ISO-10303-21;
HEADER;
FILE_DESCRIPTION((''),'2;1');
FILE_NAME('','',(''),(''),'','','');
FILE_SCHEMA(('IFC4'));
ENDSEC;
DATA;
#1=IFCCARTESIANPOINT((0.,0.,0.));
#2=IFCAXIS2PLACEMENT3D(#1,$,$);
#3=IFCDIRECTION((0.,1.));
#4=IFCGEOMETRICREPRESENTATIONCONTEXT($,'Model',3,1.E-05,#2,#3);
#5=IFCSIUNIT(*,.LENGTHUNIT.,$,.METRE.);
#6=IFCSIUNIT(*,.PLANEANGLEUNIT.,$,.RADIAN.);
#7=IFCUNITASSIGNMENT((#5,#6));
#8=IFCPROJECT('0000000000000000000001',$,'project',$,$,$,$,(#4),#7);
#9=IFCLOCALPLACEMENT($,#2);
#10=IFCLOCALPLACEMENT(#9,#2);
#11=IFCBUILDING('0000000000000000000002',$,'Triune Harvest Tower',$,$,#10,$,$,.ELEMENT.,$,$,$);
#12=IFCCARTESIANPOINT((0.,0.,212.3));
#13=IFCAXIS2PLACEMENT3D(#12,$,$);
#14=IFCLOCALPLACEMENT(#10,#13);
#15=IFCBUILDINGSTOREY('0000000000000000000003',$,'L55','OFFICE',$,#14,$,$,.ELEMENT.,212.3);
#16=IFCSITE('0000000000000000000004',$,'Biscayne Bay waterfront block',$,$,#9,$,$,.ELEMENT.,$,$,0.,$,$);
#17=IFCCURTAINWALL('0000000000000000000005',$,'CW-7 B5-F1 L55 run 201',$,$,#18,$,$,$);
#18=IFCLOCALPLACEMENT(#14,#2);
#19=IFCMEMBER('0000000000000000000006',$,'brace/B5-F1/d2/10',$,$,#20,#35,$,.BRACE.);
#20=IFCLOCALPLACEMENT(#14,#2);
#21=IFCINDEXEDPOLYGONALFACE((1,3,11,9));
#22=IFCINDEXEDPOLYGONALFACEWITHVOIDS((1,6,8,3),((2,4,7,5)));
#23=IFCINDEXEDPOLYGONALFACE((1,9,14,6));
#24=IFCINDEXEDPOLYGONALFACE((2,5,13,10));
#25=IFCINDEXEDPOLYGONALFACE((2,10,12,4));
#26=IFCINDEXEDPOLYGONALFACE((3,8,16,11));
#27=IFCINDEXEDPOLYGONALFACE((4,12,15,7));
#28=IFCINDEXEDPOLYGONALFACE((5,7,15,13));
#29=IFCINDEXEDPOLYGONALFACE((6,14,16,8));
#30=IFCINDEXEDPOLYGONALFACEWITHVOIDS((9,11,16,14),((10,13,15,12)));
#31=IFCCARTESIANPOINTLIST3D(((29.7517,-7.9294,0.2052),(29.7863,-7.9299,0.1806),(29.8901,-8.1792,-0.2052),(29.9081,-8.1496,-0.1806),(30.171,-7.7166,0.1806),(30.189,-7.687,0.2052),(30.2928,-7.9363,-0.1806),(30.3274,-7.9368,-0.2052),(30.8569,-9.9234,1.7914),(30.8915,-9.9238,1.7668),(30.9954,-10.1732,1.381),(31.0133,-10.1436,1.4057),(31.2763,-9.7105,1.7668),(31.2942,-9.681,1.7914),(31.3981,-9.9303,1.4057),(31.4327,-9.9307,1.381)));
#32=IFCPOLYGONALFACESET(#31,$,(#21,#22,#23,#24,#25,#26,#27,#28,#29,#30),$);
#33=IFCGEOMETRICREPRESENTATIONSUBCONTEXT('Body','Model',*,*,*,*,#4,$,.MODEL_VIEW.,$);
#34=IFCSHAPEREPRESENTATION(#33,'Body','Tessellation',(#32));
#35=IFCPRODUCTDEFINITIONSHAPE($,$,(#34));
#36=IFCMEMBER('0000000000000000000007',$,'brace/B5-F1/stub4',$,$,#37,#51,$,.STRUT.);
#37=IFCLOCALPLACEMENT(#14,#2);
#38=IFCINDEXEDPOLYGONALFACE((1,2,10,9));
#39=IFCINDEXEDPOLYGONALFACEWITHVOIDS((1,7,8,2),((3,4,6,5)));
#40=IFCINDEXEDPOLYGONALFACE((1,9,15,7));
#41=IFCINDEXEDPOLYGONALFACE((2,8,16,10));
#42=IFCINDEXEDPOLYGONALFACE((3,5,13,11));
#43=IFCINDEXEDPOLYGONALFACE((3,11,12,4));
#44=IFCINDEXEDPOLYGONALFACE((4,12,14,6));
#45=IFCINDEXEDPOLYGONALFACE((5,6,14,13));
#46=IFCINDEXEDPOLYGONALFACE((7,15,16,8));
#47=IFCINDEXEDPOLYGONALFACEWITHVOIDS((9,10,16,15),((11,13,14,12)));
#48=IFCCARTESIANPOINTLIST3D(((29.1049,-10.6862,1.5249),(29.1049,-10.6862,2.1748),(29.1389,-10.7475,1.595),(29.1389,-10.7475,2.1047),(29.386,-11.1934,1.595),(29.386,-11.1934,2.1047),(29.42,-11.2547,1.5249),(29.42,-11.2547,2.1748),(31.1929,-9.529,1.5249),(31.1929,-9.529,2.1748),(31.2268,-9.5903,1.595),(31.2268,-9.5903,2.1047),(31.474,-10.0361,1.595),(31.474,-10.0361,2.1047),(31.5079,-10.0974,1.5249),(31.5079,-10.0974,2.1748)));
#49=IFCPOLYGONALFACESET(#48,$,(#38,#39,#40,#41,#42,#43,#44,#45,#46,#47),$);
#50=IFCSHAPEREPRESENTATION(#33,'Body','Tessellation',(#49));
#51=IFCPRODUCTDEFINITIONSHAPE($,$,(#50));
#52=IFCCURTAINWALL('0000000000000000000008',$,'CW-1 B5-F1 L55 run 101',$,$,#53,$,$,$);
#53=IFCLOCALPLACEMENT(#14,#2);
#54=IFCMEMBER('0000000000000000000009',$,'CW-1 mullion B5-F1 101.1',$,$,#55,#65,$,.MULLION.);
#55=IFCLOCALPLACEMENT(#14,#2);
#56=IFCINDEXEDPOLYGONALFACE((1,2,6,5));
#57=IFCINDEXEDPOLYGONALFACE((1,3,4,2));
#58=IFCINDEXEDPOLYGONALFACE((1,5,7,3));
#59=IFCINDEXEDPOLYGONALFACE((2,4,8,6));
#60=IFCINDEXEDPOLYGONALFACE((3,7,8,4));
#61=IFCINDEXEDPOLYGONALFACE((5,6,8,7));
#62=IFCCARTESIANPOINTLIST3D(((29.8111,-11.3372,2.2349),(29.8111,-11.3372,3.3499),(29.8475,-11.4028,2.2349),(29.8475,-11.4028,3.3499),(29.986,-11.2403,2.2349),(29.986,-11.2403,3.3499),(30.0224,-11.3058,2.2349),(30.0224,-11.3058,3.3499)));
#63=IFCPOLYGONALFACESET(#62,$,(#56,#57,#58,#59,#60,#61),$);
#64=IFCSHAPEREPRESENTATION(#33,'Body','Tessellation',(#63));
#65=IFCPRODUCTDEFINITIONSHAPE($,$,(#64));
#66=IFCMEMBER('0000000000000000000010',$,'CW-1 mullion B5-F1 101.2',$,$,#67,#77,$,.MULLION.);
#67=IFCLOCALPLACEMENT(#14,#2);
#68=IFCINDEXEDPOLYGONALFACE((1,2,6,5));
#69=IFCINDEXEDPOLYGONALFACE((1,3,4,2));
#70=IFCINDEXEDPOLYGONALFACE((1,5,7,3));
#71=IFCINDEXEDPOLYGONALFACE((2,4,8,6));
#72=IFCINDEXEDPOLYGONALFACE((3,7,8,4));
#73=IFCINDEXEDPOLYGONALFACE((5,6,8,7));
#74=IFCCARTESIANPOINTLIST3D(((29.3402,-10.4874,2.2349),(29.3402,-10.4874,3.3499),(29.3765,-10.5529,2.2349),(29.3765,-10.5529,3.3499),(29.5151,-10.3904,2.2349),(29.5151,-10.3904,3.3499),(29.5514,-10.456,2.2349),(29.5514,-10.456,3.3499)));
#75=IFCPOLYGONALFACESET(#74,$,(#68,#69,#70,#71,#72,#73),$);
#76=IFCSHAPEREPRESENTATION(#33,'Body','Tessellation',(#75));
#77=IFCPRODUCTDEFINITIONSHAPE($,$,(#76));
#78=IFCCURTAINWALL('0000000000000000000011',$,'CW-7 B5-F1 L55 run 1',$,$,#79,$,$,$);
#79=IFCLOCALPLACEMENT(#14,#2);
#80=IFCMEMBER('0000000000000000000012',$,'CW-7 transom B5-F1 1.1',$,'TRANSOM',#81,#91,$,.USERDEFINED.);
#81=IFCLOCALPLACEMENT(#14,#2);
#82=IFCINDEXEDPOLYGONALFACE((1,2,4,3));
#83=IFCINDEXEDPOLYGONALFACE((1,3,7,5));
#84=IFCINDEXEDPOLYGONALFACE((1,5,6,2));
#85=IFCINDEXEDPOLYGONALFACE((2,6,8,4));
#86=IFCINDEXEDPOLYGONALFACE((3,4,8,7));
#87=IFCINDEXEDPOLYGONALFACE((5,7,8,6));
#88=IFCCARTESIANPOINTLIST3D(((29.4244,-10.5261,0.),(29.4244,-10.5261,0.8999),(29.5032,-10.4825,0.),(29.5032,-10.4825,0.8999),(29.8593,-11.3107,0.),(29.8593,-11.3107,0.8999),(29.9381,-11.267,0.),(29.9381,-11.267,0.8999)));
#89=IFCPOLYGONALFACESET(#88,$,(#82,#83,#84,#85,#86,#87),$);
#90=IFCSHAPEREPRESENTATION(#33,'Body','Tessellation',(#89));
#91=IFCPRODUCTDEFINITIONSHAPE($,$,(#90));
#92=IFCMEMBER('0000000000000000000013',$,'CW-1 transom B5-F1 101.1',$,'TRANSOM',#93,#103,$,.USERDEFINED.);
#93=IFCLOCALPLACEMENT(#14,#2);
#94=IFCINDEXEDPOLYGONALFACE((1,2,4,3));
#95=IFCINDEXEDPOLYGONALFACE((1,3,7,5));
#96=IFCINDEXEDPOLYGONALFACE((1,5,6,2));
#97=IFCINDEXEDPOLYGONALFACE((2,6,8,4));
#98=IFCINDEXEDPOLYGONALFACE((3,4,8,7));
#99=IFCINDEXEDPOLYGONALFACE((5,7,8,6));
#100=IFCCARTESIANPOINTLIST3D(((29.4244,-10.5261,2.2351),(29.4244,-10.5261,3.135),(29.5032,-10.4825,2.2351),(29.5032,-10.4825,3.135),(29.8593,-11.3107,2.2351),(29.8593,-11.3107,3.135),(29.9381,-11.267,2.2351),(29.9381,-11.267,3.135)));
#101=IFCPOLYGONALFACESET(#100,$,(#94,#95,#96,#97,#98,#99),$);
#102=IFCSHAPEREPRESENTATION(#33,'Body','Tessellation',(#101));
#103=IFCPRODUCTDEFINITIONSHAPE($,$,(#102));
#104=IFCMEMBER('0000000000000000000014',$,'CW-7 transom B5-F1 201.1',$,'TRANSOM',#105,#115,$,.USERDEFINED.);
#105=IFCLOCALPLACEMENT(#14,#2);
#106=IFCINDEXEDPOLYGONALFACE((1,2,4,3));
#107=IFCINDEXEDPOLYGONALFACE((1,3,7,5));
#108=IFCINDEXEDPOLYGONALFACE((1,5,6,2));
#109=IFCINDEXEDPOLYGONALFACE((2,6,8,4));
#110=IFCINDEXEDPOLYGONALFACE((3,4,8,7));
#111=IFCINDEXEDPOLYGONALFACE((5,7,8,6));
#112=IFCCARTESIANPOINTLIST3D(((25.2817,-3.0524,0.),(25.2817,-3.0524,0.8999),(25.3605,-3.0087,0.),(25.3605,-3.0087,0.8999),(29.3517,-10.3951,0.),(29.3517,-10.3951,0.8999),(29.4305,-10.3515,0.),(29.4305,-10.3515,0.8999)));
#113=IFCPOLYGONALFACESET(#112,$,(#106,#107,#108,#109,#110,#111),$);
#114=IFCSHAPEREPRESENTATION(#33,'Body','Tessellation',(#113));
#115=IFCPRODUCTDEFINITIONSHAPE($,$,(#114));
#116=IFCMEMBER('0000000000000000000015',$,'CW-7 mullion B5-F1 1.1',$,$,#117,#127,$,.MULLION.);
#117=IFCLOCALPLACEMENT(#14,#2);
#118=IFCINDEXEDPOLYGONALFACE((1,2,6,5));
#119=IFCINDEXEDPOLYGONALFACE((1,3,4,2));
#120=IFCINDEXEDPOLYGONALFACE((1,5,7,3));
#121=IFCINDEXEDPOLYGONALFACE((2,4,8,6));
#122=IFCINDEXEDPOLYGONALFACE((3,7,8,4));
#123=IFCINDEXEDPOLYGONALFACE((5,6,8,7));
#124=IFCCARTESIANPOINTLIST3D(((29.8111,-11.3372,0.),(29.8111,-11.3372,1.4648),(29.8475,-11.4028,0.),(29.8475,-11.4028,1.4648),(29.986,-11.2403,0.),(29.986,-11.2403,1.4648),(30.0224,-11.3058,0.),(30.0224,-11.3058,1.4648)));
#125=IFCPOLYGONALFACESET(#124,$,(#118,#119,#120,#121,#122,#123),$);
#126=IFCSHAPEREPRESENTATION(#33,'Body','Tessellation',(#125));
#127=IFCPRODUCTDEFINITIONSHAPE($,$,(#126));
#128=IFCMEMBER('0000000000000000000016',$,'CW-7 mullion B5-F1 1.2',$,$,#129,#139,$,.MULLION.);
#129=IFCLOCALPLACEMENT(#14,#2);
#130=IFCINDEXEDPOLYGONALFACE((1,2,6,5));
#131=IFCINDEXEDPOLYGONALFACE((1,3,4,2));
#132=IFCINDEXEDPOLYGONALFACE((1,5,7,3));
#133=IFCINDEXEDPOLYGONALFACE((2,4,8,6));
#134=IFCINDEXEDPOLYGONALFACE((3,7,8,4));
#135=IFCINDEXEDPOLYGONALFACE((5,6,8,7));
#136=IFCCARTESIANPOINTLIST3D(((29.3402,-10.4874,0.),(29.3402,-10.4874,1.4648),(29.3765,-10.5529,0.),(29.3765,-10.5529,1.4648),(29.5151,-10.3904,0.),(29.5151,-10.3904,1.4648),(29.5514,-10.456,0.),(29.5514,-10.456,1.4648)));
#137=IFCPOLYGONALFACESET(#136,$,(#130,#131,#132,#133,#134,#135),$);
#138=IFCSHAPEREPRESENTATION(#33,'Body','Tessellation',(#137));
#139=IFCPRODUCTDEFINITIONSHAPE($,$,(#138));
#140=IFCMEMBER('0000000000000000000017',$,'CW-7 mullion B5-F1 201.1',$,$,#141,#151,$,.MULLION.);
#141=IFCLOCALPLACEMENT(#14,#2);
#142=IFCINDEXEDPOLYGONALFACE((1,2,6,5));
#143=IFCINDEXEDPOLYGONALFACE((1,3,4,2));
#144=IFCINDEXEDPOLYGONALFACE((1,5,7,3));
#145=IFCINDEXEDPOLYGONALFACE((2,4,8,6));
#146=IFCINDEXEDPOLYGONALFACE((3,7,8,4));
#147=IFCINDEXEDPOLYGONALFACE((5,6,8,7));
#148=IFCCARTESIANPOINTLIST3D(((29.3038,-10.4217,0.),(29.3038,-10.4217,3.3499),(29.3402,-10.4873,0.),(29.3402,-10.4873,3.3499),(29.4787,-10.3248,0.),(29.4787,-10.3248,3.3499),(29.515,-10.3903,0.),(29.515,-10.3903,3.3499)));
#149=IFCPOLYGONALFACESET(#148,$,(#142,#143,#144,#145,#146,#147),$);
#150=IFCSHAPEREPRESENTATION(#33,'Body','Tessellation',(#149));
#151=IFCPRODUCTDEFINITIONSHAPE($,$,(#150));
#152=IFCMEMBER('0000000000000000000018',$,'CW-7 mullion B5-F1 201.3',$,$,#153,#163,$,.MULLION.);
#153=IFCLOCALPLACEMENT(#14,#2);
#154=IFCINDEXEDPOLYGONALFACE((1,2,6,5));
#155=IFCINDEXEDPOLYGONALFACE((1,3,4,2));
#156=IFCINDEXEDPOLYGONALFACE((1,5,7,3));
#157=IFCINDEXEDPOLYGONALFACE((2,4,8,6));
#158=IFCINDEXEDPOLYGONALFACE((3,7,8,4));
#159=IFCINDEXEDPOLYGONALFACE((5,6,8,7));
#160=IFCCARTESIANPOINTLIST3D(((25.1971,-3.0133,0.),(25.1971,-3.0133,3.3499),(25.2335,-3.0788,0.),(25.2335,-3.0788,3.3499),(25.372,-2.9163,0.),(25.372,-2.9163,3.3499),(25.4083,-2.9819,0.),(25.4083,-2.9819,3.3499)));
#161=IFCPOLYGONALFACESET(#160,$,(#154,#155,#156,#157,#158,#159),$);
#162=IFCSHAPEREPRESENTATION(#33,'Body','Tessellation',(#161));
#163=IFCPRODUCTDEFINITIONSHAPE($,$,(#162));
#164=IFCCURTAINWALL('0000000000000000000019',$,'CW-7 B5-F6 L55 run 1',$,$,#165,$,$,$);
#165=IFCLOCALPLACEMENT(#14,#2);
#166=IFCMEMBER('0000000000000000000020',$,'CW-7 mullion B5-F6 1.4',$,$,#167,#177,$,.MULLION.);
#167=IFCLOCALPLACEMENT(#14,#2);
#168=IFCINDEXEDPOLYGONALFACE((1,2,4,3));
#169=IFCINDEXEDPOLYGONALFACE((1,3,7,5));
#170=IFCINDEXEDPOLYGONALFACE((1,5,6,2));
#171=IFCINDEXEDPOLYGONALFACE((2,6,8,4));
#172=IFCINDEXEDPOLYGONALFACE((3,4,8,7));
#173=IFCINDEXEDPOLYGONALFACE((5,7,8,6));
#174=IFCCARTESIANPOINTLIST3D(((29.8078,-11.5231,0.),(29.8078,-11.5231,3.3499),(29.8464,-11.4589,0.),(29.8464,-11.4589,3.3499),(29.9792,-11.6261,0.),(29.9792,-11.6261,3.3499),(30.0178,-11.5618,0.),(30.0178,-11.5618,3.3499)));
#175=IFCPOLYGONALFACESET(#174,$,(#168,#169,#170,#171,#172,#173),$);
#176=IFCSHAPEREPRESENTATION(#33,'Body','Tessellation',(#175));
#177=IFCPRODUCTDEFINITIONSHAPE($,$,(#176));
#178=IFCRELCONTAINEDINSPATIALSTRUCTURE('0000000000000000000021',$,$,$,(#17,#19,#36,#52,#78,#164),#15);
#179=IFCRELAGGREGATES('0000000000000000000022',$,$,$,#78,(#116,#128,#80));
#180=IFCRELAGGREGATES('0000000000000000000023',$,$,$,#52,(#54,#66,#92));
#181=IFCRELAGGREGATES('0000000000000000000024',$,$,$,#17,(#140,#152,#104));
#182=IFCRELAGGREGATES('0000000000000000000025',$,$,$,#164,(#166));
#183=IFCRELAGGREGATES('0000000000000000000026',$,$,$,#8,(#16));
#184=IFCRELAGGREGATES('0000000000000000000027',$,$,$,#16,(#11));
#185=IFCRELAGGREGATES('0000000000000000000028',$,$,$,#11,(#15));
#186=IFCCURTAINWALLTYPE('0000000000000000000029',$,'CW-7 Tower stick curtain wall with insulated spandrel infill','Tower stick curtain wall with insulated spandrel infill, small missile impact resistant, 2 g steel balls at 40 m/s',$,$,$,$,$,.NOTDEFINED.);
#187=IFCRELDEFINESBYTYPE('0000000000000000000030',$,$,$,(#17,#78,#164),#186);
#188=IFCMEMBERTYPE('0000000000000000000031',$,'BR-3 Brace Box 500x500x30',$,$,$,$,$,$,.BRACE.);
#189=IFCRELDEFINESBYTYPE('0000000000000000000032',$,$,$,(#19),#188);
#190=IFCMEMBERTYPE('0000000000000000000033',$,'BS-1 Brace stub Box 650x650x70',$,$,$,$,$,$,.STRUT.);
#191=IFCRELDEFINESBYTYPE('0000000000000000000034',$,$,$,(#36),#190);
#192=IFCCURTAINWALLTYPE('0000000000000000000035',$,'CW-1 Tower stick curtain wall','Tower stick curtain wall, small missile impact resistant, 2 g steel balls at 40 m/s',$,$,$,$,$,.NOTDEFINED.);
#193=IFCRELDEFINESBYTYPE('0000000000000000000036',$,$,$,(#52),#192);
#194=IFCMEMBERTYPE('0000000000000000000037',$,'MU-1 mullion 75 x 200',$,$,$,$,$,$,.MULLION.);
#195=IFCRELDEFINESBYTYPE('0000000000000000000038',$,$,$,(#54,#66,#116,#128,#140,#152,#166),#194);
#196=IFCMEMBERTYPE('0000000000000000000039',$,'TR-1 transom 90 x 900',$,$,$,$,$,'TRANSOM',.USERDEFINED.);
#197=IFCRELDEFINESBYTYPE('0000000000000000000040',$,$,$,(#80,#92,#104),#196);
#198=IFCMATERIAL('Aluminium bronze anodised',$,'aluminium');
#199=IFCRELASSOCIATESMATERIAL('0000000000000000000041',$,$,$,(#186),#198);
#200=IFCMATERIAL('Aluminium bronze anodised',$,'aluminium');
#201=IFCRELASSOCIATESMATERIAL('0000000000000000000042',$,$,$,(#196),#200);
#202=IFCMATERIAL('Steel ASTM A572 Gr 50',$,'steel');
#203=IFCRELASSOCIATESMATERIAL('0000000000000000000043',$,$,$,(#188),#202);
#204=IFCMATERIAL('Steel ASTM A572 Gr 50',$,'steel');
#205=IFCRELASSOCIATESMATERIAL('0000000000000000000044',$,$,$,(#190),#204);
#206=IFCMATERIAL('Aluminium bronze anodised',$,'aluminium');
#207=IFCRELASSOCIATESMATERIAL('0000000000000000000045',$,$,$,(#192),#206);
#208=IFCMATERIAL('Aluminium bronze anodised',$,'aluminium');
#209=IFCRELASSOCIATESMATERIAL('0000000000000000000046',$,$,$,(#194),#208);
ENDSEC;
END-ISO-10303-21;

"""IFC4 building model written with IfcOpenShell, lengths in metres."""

from ifc_helpers import new_model, si_unit, direction, frame, origin, origin_2d, place, context, subcontext, project, spatial, rectangle, hollow_rectangle, extrude, source, transform, mapped, material, material_profile, profile_set, type_object, element, aggregate, save


model = new_model("IFC4")

# Units and contexts
model_context = context("Model", 3, precision=1e-05, world=origin(), true_north=direction((0.0, 1.0)))
body_context = subcontext(model_context, "Body", "Model", "MODEL_VIEW")
ifc_project = project(units=[si_unit("LENGTHUNIT", "METRE"), si_unit("PLANEANGLEUNIT", "RADIAN")], contexts=[model_context])

# Site, building, storey
site_placement = place(None, origin())
site = spatial("IfcSite", under=ifc_project, at=site_placement, Name="Biscayne Bay waterfront block", CompositionType="ELEMENT", RefElevation=0.0)
building_placement = place(site_placement, origin())
building = spatial("IfcBuilding", under=site, at=building_placement, Name="Triune Harvest Tower", CompositionType="ELEMENT")
storey_placement = place(building_placement, frame((0.0, 0.0, 212.3)))
storey = spatial("IfcBuildingStorey", under=building, at=storey_placement, Name="L55", Description="OFFICE", CompositionType="ELEMENT", Elevation=212.3)

# Curtain wall
ifc_material_1 = material(Name="Aluminium bronze anodised", Category="aluminium")
curtain_wall_type_1 = type_object("IfcCurtainWallType", Name="CW-7 Tower stick curtain wall with insulated spandrel infill", Description="Tower stick curtain wall with insulated spandrel infill, small missile impact resistant, 2 g steel balls at 40 m/s", PredefinedType="NOTDEFINED", material=ifc_material_1)
curtain_wall_1_placement = place(storey_placement, origin())
curtain_wall_1 = element("IfcCurtainWall", 1, at=curtain_wall_1_placement, inside=storey, type_object=curtain_wall_type_1, Name="CW-7 B5-F1 L55 run 201")
ifc_material_2 = material(Name="Aluminium bronze anodised", Category="aluminium")
ifc_material_profile_1 = material_profile(ifc_material_2, rectangle(XDim=0.0901, YDim=0.8999, at=origin_2d()), Name="TR-1 transom 90 x 900")
ifc_profile_set_1 = profile_set([ifc_material_profile_1], Name="Aluminium bronze anodised")
member_type_1 = type_object("IfcMemberType", Name="TR-1 transom 90 x 900", ElementType="TRANSOM", PredefinedType="USERDEFINED", material=ifc_profile_set_1)

# Members
ifc_material_3 = material(Name="Steel ASTM A572 Gr 50", Category="steel")
ifc_material_profile_2 = material_profile(ifc_material_3, hollow_rectangle(XDim=0.5, YDim=0.5, WallThickness=0.03, at=origin_2d()), Name="Box 500x500x30")
ifc_profile_set_2 = profile_set([ifc_material_profile_2], Name="Steel ASTM A572 Gr 50")
member_type_2 = type_object("IfcMemberType", Name="BR-3 Brace Box 500x500x30", PredefinedType="BRACE", material=ifc_profile_set_2)
shared_shape_1 = source(origin(), body_context, "Body", "SweptSolid", [
    extrude(hollow_rectangle(XDim=0.5, YDim=0.5, WallThickness=0.03, at=origin_2d()), origin(), (0.0, 0.0, 1.0), 2.7773),
])
member_1_placement = place(storey_placement, frame((30.0396, -7.9331, 0.0), z_axis=(0.397956, -0.717939, 0.571134), x_axis=(0.874622, 0.484806, 0.0)))
element("IfcMember", 2, at=member_1_placement, inside=storey, type_object=member_type_2, Name="brace/B5-F1/d2/10", PredefinedType="BRACE", context=body_context, shape_type="MappedRepresentation", body=[
    mapped(shared_shape_1, transform((0.0, 0.0, 0.0), scale=1.0)),
])
ifc_material_4 = material(Name="Steel ASTM A572 Gr 50", Category="steel")
ifc_material_profile_3 = material_profile(ifc_material_4, hollow_rectangle(XDim=0.6499, YDim=0.6499, WallThickness=0.0701, at=origin_2d()), Name="Box 650x650x70")
ifc_profile_set_3 = profile_set([ifc_material_profile_3], Name="Steel ASTM A572 Gr 50")
member_type_3 = type_object("IfcMemberType", Name="BS-1 Brace stub Box 650x650x70", PredefinedType="STRUT", material=ifc_profile_set_3)
shared_shape_2 = source(origin(), body_context, "Body", "SweptSolid", [
    extrude(hollow_rectangle(XDim=0.6499, YDim=0.6499, WallThickness=0.0701, at=origin_2d()), origin(), (0.0, 0.0, 1.0), 2.3872),
])
member_2_placement = place(storey_placement, frame((29.2625, -10.9705, 1.8499), z_axis=(0.874639, 0.484774, 0.0), x_axis=(-0.484774, 0.874639, 0.0)))
element("IfcMember", 3, at=member_2_placement, inside=storey, type_object=member_type_3, Name="brace/B5-F1/stub4", PredefinedType="STRUT", context=body_context, shape_type="MappedRepresentation", body=[
    mapped(shared_shape_2, transform((0.0, 0.0, 0.0), scale=1.0)),
])

# Curtain wall, members
ifc_material_5 = material(Name="Aluminium bronze anodised", Category="aluminium")
curtain_wall_type_2 = type_object("IfcCurtainWallType", Name="CW-1 Tower stick curtain wall", Description="Tower stick curtain wall, small missile impact resistant, 2 g steel balls at 40 m/s", PredefinedType="NOTDEFINED", material=ifc_material_5)
curtain_wall_2_placement = place(storey_placement, origin())
curtain_wall_2 = element("IfcCurtainWall", 4, at=curtain_wall_2_placement, inside=storey, type_object=curtain_wall_type_2, Name="CW-1 B5-F1 L55 run 101")
ifc_material_6 = material(Name="Aluminium bronze anodised", Category="aluminium")
ifc_material_profile_4 = material_profile(ifc_material_6, rectangle(XDim=0.2, YDim=0.075, at=origin_2d()), Name="MU-1 mullion 75 x 200")
ifc_profile_set_4 = profile_set([ifc_material_profile_4], Name="Aluminium bronze anodised")
member_type_4 = type_object("IfcMemberType", Name="MU-1 mullion 75 x 200", PredefinedType="MULLION", material=ifc_profile_set_4)
shared_shape_3 = source(origin(), body_context, "Body", "SweptSolid", [
    extrude(rectangle(XDim=0.2, YDim=0.075, at=origin_2d()), origin(), (0.0, 0.0, 1.0), 1.115),
])
member_3_placement = place(storey_placement, frame((29.9167, -11.3215, 2.2349), z_axis=(0.0, 0.0, 1.0), x_axis=(-0.87463, -0.484791, 0.0)))
member_3 = element("IfcMember", 5, at=member_3_placement, type_object=member_type_4, Name="CW-1 mullion B5-F1 101.1", PredefinedType="MULLION", context=body_context, shape_type="MappedRepresentation", body=[
    mapped(shared_shape_3, transform((0.0, 0.0, 0.0), scale=1.0)),
])
member_4_placement = place(storey_placement, frame((29.4458, -10.4717, 2.2349), z_axis=(0.0, 0.0, 1.0), x_axis=(-0.87463, -0.484791, 0.0)))
member_4 = element("IfcMember", 6, at=member_4_placement, type_object=member_type_4, Name="CW-1 mullion B5-F1 101.2", PredefinedType="MULLION", context=body_context, shape_type="MappedRepresentation", body=[
    mapped(shared_shape_3, transform((0.0, 0.0, 0.0), scale=1.0)),
])

# Curtain wall, member
curtain_wall_3_placement = place(storey_placement, origin())
curtain_wall_3 = element("IfcCurtainWall", 7, at=curtain_wall_3_placement, inside=storey, type_object=curtain_wall_type_1, Name="CW-7 B5-F1 L55 run 1")
shared_shape_4 = source(origin(), body_context, "Body", "SweptSolid", [
    extrude(rectangle(XDim=0.0901, YDim=0.8999, at=origin_2d()), origin(), (0.0, 0.0, 1.0), 0.897),
])
member_5_placement = place(storey_placement, frame((29.8987, -11.2888, 0.45), z_axis=(-0.484811, 0.874619, 0.0), x_axis=(-0.874619, -0.484811, 0.0)))
member_5 = element("IfcMember", 8, at=member_5_placement, type_object=member_type_1, Name="CW-7 transom B5-F1 1.1", ObjectType="TRANSOM", PredefinedType="USERDEFINED", context=body_context, shape_type="MappedRepresentation", body=[
    mapped(shared_shape_4, transform((0.0, 0.0, 0.0), scale=1.0)),
])

# Members
member_6_placement = place(storey_placement, frame((29.8987, -11.2888, 2.6851), z_axis=(-0.484811, 0.874619, 0.0), x_axis=(-0.874619, -0.484811, 0.0)))
member_6 = element("IfcMember", 9, at=member_6_placement, type_object=member_type_1, Name="CW-1 transom B5-F1 101.1", ObjectType="TRANSOM", PredefinedType="USERDEFINED", context=body_context, shape_type="MappedRepresentation", body=[
    mapped(shared_shape_4, transform((0.0, 0.0, 0.0), scale=1.0)),
])
shared_shape_5 = source(origin(), body_context, "Body", "SweptSolid", [
    extrude(rectangle(XDim=0.0901, YDim=0.8999, at=origin_2d()), origin(), (0.0, 0.0, 1.0), 8.3953),
])
member_7_placement = place(storey_placement, frame((29.3911, -10.3733, 0.45), z_axis=(-0.484801, 0.874625, 0.0), x_axis=(-0.874625, -0.484801, 0.0)))
member_7 = element("IfcMember", 10, at=member_7_placement, type_object=member_type_1, Name="CW-7 transom B5-F1 201.1", ObjectType="TRANSOM", PredefinedType="USERDEFINED", context=body_context, shape_type="MappedRepresentation", body=[
    mapped(shared_shape_5, transform((0.0, 0.0, 0.0), scale=1.0)),
])
shared_shape_6 = source(origin(), body_context, "Body", "SweptSolid", [
    extrude(rectangle(XDim=0.2, YDim=0.075, at=origin_2d()), origin(), (0.0, 0.0, 1.0), 1.4648),
])
member_8_placement = place(storey_placement, frame((29.9167, -11.3215, 0.0), z_axis=(0.0, 0.0, 1.0), x_axis=(-0.87463, -0.484791, 0.0)))
member_8 = element("IfcMember", 11, at=member_8_placement, type_object=member_type_4, Name="CW-7 mullion B5-F1 1.1", PredefinedType="MULLION", context=body_context, shape_type="MappedRepresentation", body=[
    mapped(shared_shape_6, transform((0.0, 0.0, 0.0), scale=1.0)),
])
member_9_placement = place(storey_placement, frame((29.4458, -10.4717, 0.0), z_axis=(0.0, 0.0, 1.0), x_axis=(-0.87463, -0.484791, 0.0)))
member_9 = element("IfcMember", 12, at=member_9_placement, type_object=member_type_4, Name="CW-7 mullion B5-F1 1.2", PredefinedType="MULLION", context=body_context, shape_type="MappedRepresentation", body=[
    mapped(shared_shape_6, transform((0.0, 0.0, 0.0), scale=1.0)),
])
shared_shape_7 = source(origin(), body_context, "Body", "SweptSolid", [
    extrude(rectangle(XDim=0.2, YDim=0.075, at=origin_2d()), origin(), (0.0, 0.0, 1.0), 3.3499),
])
member_10_placement = place(storey_placement, frame((29.4094, -10.406, 0.0), z_axis=(0.0, 0.0, 1.0), x_axis=(-0.874621, -0.484808, 0.0)))
member_10 = element("IfcMember", 13, at=member_10_placement, type_object=member_type_4, Name="CW-7 mullion B5-F1 201.1", PredefinedType="MULLION", context=body_context, shape_type="MappedRepresentation", body=[
    mapped(shared_shape_7, transform((0.0, 0.0, 0.0), scale=1.0)),
])
member_11_placement = place(storey_placement, frame((25.3027, -2.9976, 0.0), z_axis=(0.0, 0.0, 1.0), x_axis=(-0.874621, -0.484808, 0.0)))
member_11 = element("IfcMember", 14, at=member_11_placement, type_object=member_type_4, Name="CW-7 mullion B5-F1 201.3", PredefinedType="MULLION", context=body_context, shape_type="MappedRepresentation", body=[
    mapped(shared_shape_7, transform((0.0, 0.0, 0.0), scale=1.0)),
])

# Curtain wall, member
curtain_wall_4_placement = place(storey_placement, origin())
curtain_wall_4 = element("IfcCurtainWall", 15, at=curtain_wall_4_placement, inside=storey, type_object=curtain_wall_type_1, Name="CW-7 B5-F6 L55 run 1")
member_12_placement = place(storey_placement, frame((29.9128, -11.5425, 0.0), z_axis=(0.0, 0.0, 1.0), x_axis=(-0.857168, 0.515037, 0.0)))
member_12 = element("IfcMember", 16, at=member_12_placement, type_object=member_type_4, Name="CW-7 mullion B5-F6 1.4", PredefinedType="MULLION", context=body_context, shape_type="MappedRepresentation", body=[
    mapped(shared_shape_7, transform((0.0, 0.0, 0.0), scale=1.0)),
])

aggregate(curtain_wall_3, [member_8, member_9, member_5])
aggregate(curtain_wall_2, [member_3, member_4, member_6])
aggregate(curtain_wall_1, [member_10, member_11, member_7])
aggregate(curtain_wall_4, [member_12])

save(model, "model.ifc")
